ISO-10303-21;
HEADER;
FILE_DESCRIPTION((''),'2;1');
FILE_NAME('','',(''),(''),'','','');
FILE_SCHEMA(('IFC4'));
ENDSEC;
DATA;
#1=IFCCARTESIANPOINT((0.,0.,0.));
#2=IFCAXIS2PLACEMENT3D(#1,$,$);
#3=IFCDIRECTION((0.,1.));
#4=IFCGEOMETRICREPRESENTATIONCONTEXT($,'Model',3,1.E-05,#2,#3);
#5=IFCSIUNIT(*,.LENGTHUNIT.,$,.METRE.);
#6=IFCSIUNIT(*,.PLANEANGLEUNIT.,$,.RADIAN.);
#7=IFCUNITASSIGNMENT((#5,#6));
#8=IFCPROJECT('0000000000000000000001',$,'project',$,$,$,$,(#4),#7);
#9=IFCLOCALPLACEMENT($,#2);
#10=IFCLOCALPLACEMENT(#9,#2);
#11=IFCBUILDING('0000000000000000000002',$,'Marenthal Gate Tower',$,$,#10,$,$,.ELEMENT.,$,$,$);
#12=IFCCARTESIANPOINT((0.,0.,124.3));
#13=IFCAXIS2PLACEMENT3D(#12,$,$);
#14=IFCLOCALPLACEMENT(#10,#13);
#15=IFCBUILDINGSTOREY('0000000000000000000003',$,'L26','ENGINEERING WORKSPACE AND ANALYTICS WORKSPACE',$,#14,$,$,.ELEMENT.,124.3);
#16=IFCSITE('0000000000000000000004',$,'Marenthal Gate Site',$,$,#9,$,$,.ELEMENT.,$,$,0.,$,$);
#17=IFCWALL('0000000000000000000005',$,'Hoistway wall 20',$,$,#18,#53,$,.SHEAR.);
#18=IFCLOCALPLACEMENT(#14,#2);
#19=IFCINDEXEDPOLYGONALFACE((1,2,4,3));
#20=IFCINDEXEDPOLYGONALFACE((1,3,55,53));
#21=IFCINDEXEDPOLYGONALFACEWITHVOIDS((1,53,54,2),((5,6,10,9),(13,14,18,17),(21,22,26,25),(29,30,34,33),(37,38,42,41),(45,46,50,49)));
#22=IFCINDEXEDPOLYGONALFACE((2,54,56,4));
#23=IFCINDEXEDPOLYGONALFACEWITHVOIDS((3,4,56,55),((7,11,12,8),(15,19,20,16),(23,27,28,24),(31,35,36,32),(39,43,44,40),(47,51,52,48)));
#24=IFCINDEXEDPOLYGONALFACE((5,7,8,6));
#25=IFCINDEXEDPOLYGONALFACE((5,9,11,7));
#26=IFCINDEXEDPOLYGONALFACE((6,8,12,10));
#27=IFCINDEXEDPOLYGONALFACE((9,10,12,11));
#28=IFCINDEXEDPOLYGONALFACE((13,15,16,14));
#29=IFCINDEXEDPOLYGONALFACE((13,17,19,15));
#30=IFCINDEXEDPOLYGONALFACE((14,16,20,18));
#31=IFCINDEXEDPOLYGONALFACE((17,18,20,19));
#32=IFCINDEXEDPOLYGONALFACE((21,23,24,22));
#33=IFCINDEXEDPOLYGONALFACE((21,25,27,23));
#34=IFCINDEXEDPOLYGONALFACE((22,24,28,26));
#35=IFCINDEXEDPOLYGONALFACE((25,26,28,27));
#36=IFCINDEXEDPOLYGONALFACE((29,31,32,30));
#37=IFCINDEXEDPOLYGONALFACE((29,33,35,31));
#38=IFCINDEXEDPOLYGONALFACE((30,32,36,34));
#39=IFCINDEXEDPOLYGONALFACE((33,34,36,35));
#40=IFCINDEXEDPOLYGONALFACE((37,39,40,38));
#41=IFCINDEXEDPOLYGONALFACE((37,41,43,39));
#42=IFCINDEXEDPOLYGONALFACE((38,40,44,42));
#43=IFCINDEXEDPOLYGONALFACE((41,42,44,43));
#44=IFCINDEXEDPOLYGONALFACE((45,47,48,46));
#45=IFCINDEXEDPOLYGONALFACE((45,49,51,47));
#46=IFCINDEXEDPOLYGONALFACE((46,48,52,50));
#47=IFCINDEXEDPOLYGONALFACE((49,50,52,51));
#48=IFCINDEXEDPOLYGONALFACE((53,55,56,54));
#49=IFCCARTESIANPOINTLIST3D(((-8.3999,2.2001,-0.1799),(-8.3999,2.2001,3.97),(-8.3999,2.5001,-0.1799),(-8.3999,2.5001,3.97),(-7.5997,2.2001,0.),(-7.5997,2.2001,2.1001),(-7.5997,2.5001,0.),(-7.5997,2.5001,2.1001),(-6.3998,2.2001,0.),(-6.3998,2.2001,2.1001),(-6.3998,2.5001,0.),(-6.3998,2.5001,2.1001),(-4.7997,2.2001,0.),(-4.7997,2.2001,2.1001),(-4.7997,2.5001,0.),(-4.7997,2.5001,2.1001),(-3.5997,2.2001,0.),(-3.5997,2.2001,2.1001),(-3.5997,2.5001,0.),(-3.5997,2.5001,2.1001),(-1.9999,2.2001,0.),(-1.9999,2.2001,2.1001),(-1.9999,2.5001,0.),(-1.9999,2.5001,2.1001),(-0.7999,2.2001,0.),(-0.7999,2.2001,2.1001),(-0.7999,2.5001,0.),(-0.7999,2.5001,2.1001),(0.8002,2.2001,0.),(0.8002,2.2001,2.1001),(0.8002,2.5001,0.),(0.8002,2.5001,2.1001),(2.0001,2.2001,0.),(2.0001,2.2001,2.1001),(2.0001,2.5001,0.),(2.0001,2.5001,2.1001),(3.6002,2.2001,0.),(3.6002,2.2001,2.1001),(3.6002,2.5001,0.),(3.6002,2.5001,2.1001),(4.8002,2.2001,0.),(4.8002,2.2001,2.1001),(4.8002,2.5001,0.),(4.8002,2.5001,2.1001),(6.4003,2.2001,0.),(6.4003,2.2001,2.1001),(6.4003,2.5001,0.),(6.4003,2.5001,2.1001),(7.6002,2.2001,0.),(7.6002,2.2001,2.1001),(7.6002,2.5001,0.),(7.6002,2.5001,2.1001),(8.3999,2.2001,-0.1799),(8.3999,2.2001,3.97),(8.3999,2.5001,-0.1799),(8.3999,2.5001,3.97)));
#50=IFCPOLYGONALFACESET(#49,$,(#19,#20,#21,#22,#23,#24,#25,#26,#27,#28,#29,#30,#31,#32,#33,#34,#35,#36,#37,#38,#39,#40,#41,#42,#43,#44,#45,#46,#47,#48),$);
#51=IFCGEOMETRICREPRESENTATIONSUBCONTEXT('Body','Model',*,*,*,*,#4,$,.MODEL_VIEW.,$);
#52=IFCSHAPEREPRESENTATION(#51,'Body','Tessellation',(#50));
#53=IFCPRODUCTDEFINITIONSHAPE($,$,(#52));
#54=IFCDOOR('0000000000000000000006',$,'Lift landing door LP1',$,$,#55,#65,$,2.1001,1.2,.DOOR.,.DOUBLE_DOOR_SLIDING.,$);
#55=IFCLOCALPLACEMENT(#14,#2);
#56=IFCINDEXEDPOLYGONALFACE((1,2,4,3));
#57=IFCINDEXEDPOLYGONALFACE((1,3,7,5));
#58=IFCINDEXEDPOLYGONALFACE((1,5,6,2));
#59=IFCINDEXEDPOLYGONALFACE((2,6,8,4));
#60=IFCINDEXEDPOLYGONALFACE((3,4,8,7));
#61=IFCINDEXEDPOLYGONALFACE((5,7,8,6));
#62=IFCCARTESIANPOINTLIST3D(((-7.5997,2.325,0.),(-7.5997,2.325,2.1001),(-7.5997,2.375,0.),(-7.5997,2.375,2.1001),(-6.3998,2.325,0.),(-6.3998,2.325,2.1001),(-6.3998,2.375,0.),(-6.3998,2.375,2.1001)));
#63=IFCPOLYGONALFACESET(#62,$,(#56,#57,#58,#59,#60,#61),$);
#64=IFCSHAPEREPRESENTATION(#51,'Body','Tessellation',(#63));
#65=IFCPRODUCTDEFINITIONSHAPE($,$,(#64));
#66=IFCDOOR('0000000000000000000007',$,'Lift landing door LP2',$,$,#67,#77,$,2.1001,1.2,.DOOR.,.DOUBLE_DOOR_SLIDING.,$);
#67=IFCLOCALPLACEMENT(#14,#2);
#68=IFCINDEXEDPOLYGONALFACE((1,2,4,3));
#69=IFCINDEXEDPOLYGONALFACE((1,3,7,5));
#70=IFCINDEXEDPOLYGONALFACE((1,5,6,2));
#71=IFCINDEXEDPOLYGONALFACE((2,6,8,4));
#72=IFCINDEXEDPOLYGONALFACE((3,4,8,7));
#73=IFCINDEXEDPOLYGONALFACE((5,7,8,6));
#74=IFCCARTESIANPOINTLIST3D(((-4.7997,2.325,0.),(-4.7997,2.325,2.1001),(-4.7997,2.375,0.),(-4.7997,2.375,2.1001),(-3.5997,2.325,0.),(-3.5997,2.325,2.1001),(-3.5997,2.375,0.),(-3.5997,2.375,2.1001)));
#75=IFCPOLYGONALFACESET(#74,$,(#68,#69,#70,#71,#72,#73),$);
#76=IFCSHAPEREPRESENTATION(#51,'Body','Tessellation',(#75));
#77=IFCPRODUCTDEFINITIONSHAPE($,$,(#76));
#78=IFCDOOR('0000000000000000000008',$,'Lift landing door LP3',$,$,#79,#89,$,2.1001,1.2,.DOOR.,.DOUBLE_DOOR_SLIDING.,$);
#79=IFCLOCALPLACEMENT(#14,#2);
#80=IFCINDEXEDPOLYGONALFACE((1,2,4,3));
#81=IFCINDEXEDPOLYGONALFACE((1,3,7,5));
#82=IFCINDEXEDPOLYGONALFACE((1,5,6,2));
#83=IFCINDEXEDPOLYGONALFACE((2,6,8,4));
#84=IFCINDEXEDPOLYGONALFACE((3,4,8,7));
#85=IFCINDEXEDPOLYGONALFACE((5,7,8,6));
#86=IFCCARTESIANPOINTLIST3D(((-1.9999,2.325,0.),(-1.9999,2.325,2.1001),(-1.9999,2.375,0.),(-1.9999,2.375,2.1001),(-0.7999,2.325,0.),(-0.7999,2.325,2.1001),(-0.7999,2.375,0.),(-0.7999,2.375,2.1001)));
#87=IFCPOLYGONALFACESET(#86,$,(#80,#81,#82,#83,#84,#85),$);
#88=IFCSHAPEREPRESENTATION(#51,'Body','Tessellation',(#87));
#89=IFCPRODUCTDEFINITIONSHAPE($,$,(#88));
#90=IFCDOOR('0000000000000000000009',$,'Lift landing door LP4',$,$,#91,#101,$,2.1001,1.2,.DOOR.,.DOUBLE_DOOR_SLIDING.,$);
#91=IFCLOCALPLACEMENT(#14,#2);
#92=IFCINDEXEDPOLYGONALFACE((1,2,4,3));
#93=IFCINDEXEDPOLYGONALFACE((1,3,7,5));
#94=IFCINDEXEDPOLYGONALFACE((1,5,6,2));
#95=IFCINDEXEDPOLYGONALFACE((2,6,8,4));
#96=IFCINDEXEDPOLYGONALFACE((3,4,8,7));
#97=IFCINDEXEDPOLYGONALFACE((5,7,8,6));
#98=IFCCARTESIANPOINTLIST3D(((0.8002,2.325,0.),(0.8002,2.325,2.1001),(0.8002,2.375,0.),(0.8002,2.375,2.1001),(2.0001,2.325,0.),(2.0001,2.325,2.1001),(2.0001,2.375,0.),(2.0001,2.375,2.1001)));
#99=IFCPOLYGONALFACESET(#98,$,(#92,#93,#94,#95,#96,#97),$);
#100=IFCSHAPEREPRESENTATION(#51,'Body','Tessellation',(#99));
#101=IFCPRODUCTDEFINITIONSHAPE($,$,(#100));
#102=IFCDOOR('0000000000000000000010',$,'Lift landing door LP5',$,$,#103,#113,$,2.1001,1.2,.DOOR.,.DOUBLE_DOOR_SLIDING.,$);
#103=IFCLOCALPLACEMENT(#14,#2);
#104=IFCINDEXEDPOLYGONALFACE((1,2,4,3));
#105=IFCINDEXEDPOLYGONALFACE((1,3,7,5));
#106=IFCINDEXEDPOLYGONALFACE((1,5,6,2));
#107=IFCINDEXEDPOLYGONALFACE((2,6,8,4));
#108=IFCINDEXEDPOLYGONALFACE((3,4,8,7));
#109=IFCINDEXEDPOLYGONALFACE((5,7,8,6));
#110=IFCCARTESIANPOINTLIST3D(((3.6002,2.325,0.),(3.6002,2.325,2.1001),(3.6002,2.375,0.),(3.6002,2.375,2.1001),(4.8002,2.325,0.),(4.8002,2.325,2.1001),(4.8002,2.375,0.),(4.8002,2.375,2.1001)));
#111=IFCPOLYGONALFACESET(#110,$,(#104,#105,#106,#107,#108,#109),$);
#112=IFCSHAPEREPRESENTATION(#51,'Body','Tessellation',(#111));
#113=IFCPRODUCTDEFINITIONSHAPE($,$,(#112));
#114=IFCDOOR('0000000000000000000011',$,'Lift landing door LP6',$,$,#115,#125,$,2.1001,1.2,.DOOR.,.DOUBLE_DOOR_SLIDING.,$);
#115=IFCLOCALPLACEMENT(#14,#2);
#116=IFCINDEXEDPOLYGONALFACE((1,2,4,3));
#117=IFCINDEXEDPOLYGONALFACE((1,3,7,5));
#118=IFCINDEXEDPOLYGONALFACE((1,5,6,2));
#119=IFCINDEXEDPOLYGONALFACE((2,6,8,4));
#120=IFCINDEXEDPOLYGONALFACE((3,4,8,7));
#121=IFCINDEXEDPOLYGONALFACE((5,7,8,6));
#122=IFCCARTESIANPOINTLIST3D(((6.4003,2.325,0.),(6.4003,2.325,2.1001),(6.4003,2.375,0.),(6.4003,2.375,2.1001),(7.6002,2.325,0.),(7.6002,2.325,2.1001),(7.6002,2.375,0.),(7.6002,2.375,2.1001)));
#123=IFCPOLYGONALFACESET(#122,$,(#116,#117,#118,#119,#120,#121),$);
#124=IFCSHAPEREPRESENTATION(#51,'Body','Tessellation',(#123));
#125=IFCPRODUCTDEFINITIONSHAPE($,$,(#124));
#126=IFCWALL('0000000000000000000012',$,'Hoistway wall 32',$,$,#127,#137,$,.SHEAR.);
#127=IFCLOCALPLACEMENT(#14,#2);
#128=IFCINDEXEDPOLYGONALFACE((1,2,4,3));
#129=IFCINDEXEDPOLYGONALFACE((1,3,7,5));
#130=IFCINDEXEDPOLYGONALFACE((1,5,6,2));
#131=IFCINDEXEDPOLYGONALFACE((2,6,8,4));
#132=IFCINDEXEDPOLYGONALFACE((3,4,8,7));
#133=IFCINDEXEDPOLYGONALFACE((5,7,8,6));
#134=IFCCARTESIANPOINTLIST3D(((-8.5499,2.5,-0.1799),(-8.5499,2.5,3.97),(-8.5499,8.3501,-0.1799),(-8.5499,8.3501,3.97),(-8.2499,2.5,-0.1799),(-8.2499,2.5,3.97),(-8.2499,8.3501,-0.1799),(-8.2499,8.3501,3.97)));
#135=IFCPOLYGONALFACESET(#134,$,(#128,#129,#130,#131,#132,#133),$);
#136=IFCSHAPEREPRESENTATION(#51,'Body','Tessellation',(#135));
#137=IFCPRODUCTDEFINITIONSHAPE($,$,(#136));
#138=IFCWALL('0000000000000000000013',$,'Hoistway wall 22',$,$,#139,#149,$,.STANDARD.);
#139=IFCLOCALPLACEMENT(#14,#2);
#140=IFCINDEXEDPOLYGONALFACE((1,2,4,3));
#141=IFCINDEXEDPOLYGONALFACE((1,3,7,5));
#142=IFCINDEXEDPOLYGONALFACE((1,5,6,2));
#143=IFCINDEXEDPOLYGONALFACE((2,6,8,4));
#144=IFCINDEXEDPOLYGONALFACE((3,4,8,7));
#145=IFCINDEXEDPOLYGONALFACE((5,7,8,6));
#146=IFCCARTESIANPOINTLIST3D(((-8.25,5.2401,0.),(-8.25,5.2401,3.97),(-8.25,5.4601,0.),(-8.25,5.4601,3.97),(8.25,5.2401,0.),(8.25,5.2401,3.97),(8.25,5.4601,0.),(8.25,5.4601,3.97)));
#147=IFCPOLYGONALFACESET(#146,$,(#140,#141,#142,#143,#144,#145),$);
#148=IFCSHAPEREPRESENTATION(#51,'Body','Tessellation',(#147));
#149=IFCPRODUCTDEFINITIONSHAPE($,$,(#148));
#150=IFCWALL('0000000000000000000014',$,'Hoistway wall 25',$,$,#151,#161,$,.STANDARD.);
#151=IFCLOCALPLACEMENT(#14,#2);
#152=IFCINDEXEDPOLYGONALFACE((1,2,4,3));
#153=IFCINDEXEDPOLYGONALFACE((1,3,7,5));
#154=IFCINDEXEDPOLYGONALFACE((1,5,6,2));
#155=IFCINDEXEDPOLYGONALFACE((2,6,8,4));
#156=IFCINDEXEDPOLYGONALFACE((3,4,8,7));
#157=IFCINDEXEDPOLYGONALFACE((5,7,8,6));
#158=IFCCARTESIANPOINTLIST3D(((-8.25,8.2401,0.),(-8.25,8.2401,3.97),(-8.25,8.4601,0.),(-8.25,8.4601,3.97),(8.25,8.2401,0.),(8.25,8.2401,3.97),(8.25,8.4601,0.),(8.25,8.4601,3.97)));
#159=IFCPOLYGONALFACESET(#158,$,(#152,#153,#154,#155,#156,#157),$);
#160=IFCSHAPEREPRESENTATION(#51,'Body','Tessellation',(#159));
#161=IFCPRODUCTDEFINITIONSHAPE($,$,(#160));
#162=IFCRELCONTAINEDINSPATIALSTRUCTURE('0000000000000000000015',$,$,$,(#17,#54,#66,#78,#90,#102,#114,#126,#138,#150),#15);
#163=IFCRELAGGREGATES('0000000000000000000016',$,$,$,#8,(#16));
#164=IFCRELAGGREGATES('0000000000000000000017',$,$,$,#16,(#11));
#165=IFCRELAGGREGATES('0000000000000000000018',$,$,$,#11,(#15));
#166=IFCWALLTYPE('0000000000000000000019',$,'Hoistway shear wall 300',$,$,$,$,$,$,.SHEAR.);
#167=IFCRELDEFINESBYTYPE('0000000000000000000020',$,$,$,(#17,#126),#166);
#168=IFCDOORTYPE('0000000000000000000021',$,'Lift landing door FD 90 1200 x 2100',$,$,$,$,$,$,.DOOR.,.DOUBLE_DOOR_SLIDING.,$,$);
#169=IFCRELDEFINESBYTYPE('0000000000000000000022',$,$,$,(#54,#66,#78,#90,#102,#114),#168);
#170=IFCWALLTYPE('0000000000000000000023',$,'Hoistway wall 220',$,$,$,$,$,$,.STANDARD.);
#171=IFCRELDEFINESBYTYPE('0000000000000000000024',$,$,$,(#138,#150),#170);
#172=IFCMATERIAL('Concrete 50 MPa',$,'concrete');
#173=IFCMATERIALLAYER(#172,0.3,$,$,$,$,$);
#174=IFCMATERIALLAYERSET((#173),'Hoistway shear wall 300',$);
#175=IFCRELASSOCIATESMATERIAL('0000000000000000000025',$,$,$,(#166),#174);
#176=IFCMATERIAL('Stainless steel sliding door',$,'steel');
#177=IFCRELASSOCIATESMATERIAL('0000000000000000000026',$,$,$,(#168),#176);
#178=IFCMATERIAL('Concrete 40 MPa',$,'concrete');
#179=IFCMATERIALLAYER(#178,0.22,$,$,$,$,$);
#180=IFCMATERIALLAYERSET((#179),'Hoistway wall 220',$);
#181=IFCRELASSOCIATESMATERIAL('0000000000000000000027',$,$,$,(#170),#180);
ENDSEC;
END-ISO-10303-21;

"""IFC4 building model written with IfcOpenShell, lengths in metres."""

from ifc_helpers import new_model, si_unit, direction, frame, frame_2d, origin, place, context, subcontext, project, spatial, rectangle, extrude, material, layer, layer_set, type_object, element, fill, save


model = new_model("IFC4")

# Units and contexts
model_context = context("Model", 3, precision=1e-05, world=origin(), true_north=direction((0.0, 1.0)))
body_context = subcontext(model_context, "Body", "Model", "MODEL_VIEW")
ifc_project = project(units=[si_unit("LENGTHUNIT", "METRE"), si_unit("PLANEANGLEUNIT", "RADIAN")], contexts=[model_context])

# Site, building, storey
site_placement = place(None, origin())
site = spatial("IfcSite", under=ifc_project, at=site_placement, Name="Marenthal Gate Site", CompositionType="ELEMENT", RefElevation=0.0)
building_placement = place(site_placement, origin())
building = spatial("IfcBuilding", under=site, at=building_placement, Name="Marenthal Gate Tower", CompositionType="ELEMENT")
storey_placement = place(building_placement, frame((0.0, 0.0, 124.3)))
storey = spatial("IfcBuildingStorey", under=building, at=storey_placement, Name="L26", Description="ENGINEERING WORKSPACE AND ANALYTICS WORKSPACE", CompositionType="ELEMENT", Elevation=124.3)

# Wall, openings, doors
ifc_material_1 = material(Name="Concrete 50 MPa", Category="concrete")
ifc_layer_1 = layer(ifc_material_1, 0.3)
ifc_layer_set_1 = layer_set([ifc_layer_1], Name="Hoistway shear wall 300")
wall_type_1 = type_object("IfcWallType", Name="Hoistway shear wall 300", PredefinedType="SHEAR", material=ifc_layer_set_1)
wall_1_placement = place(storey_placement, frame((-8.3999, 2.3501, -0.1799), z_axis=(0.0, 0.0, 1.0), x_axis=(1.0, 0.0, 0.0)))
wall_1 = element("IfcWall", 1, at=wall_1_placement, inside=storey, type_object=wall_type_1, Name="Hoistway wall 20", PredefinedType="SHEAR", context=body_context, shape_type="SweptSolid", body=[
    extrude(rectangle(XDim=16.7998, YDim=0.3, at=frame_2d((8.3999, 0.0))), origin(), (0.0, 0.0, 1.0), 4.1499),
])
opening_1_placement = place(wall_1_placement, frame((0.8, 0.0, 0.1799)))
opening_1 = element("IfcOpeningElement", 2, at=opening_1_placement, cuts=wall_1, PredefinedType="OPENING", context=body_context, shape_type="SweptSolid", body=[
    extrude(rectangle(XDim=1.2, YDim=2.1001, at=frame_2d((0.6001, 1.05))), frame((0.0, 0.1602, 0.0), z_axis=(0.0, -1.0, 0.0), x_axis=(1.0, 0.0, 0.0)), (0.0, 0.0, 1.0), 0.3201),
])
opening_2_placement = place(wall_1_placement, frame((3.6001, 0.0, 0.1799)))
opening_2 = element("IfcOpeningElement", 3, at=opening_2_placement, cuts=wall_1, PredefinedType="OPENING", context=body_context, shape_type="SweptSolid", body=[
    extrude(rectangle(XDim=1.2, YDim=2.1001, at=frame_2d((0.6001, 1.05))), frame((0.0, 0.1602, 0.0), z_axis=(0.0, -1.0, 0.0), x_axis=(1.0, 0.0, 0.0)), (0.0, 0.0, 1.0), 0.3201),
])
opening_3_placement = place(wall_1_placement, frame((6.3999, 0.0, 0.1799)))
opening_3 = element("IfcOpeningElement", 4, at=opening_3_placement, cuts=wall_1, PredefinedType="OPENING", context=body_context, shape_type="SweptSolid", body=[
    extrude(rectangle(XDim=1.2, YDim=2.1001, at=frame_2d((0.6001, 1.05))), frame((0.0, 0.1602, 0.0), z_axis=(0.0, -1.0, 0.0), x_axis=(1.0, 0.0, 0.0)), (0.0, 0.0, 1.0), 0.3201),
])
opening_4_placement = place(wall_1_placement, frame((9.2, 0.0, 0.1799)))
opening_4 = element("IfcOpeningElement", 5, at=opening_4_placement, cuts=wall_1, PredefinedType="OPENING", context=body_context, shape_type="SweptSolid", body=[
    extrude(rectangle(XDim=1.2, YDim=2.1001, at=frame_2d((0.6001, 1.05))), frame((0.0, 0.1602, 0.0), z_axis=(0.0, -1.0, 0.0), x_axis=(1.0, 0.0, 0.0)), (0.0, 0.0, 1.0), 0.3201),
])
opening_5_placement = place(wall_1_placement, frame((12.0, 0.0, 0.1799)))
opening_5 = element("IfcOpeningElement", 6, at=opening_5_placement, cuts=wall_1, PredefinedType="OPENING", context=body_context, shape_type="SweptSolid", body=[
    extrude(rectangle(XDim=1.2, YDim=2.1001, at=frame_2d((0.6001, 1.05))), frame((0.0, 0.1602, 0.0), z_axis=(0.0, -1.0, 0.0), x_axis=(1.0, 0.0, 0.0)), (0.0, 0.0, 1.0), 0.3201),
])
opening_6_placement = place(wall_1_placement, frame((14.8, 0.0, 0.1799)))
opening_6 = element("IfcOpeningElement", 7, at=opening_6_placement, cuts=wall_1, PredefinedType="OPENING", context=body_context, shape_type="SweptSolid", body=[
    extrude(rectangle(XDim=1.2, YDim=2.1001, at=frame_2d((0.6001, 1.05))), frame((0.0, 0.1602, 0.0), z_axis=(0.0, -1.0, 0.0), x_axis=(1.0, 0.0, 0.0)), (0.0, 0.0, 1.0), 0.3201),
])
ifc_material_2 = material(Name="Stainless steel sliding door", Category="steel")
door_type_1 = type_object("IfcDoorType", Name="Lift landing door FD 90 1200 x 2100", OperationType="DOUBLE_DOOR_SLIDING", PredefinedType="DOOR", material=ifc_material_2)
door_1_placement = place(opening_1_placement, origin())
door_1 = element("IfcDoor", 8, at=door_1_placement, inside=storey, type_object=door_type_1, Name="Lift landing door LP1", OperationType="DOUBLE_DOOR_SLIDING", OverallHeight=2.1001, OverallWidth=1.2, PredefinedType="DOOR", context=body_context, shape_type="SweptSolid", body=[
    extrude(rectangle(XDim=1.2, YDim=2.1001, at=frame_2d((0.6001, 1.05))), frame((0.0, 0.0249, 0.0), z_axis=(0.0, -1.0, 0.0), x_axis=(1.0, 0.0, 0.0)), (0.0, 0.0, 1.0), 0.05),
])
fill(opening_1, door_1)
door_2_placement = place(opening_2_placement, origin())
door_2 = element("IfcDoor", 9, at=door_2_placement, inside=storey, type_object=door_type_1, Name="Lift landing door LP2", OperationType="DOUBLE_DOOR_SLIDING", OverallHeight=2.1001, OverallWidth=1.2, PredefinedType="DOOR", context=body_context, shape_type="SweptSolid", body=[
    extrude(rectangle(XDim=1.2, YDim=2.1001, at=frame_2d((0.6001, 1.05))), frame((0.0, 0.0249, 0.0), z_axis=(0.0, -1.0, 0.0), x_axis=(1.0, 0.0, 0.0)), (0.0, 0.0, 1.0), 0.05),
])
fill(opening_2, door_2)
door_3_placement = place(opening_3_placement, origin())
door_3 = element("IfcDoor", 10, at=door_3_placement, inside=storey, type_object=door_type_1, Name="Lift landing door LP3", OperationType="DOUBLE_DOOR_SLIDING", OverallHeight=2.1001, OverallWidth=1.2, PredefinedType="DOOR", context=body_context, shape_type="SweptSolid", body=[
    extrude(rectangle(XDim=1.2, YDim=2.1001, at=frame_2d((0.6001, 1.05))), frame((0.0, 0.0249, 0.0), z_axis=(0.0, -1.0, 0.0), x_axis=(1.0, 0.0, 0.0)), (0.0, 0.0, 1.0), 0.05),
])
fill(opening_3, door_3)
door_4_placement = place(opening_4_placement, origin())
door_4 = element("IfcDoor", 11, at=door_4_placement, inside=storey, type_object=door_type_1, Name="Lift landing door LP4", OperationType="DOUBLE_DOOR_SLIDING", OverallHeight=2.1001, OverallWidth=1.2, PredefinedType="DOOR", context=body_context, shape_type="SweptSolid", body=[
    extrude(rectangle(XDim=1.2, YDim=2.1001, at=frame_2d((0.6001, 1.05))), frame((0.0, 0.0249, 0.0), z_axis=(0.0, -1.0, 0.0), x_axis=(1.0, 0.0, 0.0)), (0.0, 0.0, 1.0), 0.05),
])
fill(opening_4, door_4)
door_5_placement = place(opening_5_placement, origin())
door_5 = element("IfcDoor", 12, at=door_5_placement, inside=storey, type_object=door_type_1, Name="Lift landing door LP5", OperationType="DOUBLE_DOOR_SLIDING", OverallHeight=2.1001, OverallWidth=1.2, PredefinedType="DOOR", context=body_context, shape_type="SweptSolid", body=[
    extrude(rectangle(XDim=1.2, YDim=2.1001, at=frame_2d((0.6001, 1.05))), frame((0.0, 0.0249, 0.0), z_axis=(0.0, -1.0, 0.0), x_axis=(1.0, 0.0, 0.0)), (0.0, 0.0, 1.0), 0.05),
])
fill(opening_5, door_5)
door_6_placement = place(opening_6_placement, origin())
door_6 = element("IfcDoor", 13, at=door_6_placement, inside=storey, type_object=door_type_1, Name="Lift landing door LP6", OperationType="DOUBLE_DOOR_SLIDING", OverallHeight=2.1001, OverallWidth=1.2, PredefinedType="DOOR", context=body_context, shape_type="SweptSolid", body=[
    extrude(rectangle(XDim=1.2, YDim=2.1001, at=frame_2d((0.6001, 1.05))), frame((0.0, 0.0249, 0.0), z_axis=(0.0, -1.0, 0.0), x_axis=(1.0, 0.0, 0.0)), (0.0, 0.0, 1.0), 0.05),
])
fill(opening_6, door_6)

# Walls
wall_2_placement = place(storey_placement, frame((-8.3999, 2.5, -0.1799), z_axis=(0.0, 0.0, 1.0), x_axis=(0.0, 1.0, 0.0)))
element("IfcWall", 14, at=wall_2_placement, inside=storey, type_object=wall_type_1, Name="Hoistway wall 32", PredefinedType="SHEAR", context=body_context, shape_type="SweptSolid", body=[
    extrude(rectangle(XDim=5.8501, YDim=0.3, at=frame_2d((2.925, 0.0))), origin(), (0.0, 0.0, 1.0), 4.1499),
])
ifc_material_3 = material(Name="Concrete 40 MPa", Category="concrete")
ifc_layer_2 = layer(ifc_material_3, 0.22)
ifc_layer_set_2 = layer_set([ifc_layer_2], Name="Hoistway wall 220")
wall_type_2 = type_object("IfcWallType", Name="Hoistway wall 220", PredefinedType="STANDARD", material=ifc_layer_set_2)
for number, where, z_axis, x_axis, name in (
    (15, (-8.25, 5.3501, 0.0), (0.0, 0.0, 1.0), (1.0, 0.0, 0.0), "Hoistway wall 22"),
    (16, (-8.25, 8.3501, 0.0), (0.0, 0.0, 1.0), (1.0, 0.0, 0.0), "Hoistway wall 25"),
):
    element("IfcWall", number, at=place(storey_placement, frame(where, z_axis=z_axis, x_axis=x_axis)), inside=storey, type_object=wall_type_2, Name=name, PredefinedType="STANDARD", context=body_context, shape_type="SweptSolid", body=[
        extrude(rectangle(XDim=16.5, YDim=0.22, at=frame_2d((8.25, 0.0))), origin(), (0.0, 0.0, 1.0), 3.97),
    ])

save(model, "model.ifc")
